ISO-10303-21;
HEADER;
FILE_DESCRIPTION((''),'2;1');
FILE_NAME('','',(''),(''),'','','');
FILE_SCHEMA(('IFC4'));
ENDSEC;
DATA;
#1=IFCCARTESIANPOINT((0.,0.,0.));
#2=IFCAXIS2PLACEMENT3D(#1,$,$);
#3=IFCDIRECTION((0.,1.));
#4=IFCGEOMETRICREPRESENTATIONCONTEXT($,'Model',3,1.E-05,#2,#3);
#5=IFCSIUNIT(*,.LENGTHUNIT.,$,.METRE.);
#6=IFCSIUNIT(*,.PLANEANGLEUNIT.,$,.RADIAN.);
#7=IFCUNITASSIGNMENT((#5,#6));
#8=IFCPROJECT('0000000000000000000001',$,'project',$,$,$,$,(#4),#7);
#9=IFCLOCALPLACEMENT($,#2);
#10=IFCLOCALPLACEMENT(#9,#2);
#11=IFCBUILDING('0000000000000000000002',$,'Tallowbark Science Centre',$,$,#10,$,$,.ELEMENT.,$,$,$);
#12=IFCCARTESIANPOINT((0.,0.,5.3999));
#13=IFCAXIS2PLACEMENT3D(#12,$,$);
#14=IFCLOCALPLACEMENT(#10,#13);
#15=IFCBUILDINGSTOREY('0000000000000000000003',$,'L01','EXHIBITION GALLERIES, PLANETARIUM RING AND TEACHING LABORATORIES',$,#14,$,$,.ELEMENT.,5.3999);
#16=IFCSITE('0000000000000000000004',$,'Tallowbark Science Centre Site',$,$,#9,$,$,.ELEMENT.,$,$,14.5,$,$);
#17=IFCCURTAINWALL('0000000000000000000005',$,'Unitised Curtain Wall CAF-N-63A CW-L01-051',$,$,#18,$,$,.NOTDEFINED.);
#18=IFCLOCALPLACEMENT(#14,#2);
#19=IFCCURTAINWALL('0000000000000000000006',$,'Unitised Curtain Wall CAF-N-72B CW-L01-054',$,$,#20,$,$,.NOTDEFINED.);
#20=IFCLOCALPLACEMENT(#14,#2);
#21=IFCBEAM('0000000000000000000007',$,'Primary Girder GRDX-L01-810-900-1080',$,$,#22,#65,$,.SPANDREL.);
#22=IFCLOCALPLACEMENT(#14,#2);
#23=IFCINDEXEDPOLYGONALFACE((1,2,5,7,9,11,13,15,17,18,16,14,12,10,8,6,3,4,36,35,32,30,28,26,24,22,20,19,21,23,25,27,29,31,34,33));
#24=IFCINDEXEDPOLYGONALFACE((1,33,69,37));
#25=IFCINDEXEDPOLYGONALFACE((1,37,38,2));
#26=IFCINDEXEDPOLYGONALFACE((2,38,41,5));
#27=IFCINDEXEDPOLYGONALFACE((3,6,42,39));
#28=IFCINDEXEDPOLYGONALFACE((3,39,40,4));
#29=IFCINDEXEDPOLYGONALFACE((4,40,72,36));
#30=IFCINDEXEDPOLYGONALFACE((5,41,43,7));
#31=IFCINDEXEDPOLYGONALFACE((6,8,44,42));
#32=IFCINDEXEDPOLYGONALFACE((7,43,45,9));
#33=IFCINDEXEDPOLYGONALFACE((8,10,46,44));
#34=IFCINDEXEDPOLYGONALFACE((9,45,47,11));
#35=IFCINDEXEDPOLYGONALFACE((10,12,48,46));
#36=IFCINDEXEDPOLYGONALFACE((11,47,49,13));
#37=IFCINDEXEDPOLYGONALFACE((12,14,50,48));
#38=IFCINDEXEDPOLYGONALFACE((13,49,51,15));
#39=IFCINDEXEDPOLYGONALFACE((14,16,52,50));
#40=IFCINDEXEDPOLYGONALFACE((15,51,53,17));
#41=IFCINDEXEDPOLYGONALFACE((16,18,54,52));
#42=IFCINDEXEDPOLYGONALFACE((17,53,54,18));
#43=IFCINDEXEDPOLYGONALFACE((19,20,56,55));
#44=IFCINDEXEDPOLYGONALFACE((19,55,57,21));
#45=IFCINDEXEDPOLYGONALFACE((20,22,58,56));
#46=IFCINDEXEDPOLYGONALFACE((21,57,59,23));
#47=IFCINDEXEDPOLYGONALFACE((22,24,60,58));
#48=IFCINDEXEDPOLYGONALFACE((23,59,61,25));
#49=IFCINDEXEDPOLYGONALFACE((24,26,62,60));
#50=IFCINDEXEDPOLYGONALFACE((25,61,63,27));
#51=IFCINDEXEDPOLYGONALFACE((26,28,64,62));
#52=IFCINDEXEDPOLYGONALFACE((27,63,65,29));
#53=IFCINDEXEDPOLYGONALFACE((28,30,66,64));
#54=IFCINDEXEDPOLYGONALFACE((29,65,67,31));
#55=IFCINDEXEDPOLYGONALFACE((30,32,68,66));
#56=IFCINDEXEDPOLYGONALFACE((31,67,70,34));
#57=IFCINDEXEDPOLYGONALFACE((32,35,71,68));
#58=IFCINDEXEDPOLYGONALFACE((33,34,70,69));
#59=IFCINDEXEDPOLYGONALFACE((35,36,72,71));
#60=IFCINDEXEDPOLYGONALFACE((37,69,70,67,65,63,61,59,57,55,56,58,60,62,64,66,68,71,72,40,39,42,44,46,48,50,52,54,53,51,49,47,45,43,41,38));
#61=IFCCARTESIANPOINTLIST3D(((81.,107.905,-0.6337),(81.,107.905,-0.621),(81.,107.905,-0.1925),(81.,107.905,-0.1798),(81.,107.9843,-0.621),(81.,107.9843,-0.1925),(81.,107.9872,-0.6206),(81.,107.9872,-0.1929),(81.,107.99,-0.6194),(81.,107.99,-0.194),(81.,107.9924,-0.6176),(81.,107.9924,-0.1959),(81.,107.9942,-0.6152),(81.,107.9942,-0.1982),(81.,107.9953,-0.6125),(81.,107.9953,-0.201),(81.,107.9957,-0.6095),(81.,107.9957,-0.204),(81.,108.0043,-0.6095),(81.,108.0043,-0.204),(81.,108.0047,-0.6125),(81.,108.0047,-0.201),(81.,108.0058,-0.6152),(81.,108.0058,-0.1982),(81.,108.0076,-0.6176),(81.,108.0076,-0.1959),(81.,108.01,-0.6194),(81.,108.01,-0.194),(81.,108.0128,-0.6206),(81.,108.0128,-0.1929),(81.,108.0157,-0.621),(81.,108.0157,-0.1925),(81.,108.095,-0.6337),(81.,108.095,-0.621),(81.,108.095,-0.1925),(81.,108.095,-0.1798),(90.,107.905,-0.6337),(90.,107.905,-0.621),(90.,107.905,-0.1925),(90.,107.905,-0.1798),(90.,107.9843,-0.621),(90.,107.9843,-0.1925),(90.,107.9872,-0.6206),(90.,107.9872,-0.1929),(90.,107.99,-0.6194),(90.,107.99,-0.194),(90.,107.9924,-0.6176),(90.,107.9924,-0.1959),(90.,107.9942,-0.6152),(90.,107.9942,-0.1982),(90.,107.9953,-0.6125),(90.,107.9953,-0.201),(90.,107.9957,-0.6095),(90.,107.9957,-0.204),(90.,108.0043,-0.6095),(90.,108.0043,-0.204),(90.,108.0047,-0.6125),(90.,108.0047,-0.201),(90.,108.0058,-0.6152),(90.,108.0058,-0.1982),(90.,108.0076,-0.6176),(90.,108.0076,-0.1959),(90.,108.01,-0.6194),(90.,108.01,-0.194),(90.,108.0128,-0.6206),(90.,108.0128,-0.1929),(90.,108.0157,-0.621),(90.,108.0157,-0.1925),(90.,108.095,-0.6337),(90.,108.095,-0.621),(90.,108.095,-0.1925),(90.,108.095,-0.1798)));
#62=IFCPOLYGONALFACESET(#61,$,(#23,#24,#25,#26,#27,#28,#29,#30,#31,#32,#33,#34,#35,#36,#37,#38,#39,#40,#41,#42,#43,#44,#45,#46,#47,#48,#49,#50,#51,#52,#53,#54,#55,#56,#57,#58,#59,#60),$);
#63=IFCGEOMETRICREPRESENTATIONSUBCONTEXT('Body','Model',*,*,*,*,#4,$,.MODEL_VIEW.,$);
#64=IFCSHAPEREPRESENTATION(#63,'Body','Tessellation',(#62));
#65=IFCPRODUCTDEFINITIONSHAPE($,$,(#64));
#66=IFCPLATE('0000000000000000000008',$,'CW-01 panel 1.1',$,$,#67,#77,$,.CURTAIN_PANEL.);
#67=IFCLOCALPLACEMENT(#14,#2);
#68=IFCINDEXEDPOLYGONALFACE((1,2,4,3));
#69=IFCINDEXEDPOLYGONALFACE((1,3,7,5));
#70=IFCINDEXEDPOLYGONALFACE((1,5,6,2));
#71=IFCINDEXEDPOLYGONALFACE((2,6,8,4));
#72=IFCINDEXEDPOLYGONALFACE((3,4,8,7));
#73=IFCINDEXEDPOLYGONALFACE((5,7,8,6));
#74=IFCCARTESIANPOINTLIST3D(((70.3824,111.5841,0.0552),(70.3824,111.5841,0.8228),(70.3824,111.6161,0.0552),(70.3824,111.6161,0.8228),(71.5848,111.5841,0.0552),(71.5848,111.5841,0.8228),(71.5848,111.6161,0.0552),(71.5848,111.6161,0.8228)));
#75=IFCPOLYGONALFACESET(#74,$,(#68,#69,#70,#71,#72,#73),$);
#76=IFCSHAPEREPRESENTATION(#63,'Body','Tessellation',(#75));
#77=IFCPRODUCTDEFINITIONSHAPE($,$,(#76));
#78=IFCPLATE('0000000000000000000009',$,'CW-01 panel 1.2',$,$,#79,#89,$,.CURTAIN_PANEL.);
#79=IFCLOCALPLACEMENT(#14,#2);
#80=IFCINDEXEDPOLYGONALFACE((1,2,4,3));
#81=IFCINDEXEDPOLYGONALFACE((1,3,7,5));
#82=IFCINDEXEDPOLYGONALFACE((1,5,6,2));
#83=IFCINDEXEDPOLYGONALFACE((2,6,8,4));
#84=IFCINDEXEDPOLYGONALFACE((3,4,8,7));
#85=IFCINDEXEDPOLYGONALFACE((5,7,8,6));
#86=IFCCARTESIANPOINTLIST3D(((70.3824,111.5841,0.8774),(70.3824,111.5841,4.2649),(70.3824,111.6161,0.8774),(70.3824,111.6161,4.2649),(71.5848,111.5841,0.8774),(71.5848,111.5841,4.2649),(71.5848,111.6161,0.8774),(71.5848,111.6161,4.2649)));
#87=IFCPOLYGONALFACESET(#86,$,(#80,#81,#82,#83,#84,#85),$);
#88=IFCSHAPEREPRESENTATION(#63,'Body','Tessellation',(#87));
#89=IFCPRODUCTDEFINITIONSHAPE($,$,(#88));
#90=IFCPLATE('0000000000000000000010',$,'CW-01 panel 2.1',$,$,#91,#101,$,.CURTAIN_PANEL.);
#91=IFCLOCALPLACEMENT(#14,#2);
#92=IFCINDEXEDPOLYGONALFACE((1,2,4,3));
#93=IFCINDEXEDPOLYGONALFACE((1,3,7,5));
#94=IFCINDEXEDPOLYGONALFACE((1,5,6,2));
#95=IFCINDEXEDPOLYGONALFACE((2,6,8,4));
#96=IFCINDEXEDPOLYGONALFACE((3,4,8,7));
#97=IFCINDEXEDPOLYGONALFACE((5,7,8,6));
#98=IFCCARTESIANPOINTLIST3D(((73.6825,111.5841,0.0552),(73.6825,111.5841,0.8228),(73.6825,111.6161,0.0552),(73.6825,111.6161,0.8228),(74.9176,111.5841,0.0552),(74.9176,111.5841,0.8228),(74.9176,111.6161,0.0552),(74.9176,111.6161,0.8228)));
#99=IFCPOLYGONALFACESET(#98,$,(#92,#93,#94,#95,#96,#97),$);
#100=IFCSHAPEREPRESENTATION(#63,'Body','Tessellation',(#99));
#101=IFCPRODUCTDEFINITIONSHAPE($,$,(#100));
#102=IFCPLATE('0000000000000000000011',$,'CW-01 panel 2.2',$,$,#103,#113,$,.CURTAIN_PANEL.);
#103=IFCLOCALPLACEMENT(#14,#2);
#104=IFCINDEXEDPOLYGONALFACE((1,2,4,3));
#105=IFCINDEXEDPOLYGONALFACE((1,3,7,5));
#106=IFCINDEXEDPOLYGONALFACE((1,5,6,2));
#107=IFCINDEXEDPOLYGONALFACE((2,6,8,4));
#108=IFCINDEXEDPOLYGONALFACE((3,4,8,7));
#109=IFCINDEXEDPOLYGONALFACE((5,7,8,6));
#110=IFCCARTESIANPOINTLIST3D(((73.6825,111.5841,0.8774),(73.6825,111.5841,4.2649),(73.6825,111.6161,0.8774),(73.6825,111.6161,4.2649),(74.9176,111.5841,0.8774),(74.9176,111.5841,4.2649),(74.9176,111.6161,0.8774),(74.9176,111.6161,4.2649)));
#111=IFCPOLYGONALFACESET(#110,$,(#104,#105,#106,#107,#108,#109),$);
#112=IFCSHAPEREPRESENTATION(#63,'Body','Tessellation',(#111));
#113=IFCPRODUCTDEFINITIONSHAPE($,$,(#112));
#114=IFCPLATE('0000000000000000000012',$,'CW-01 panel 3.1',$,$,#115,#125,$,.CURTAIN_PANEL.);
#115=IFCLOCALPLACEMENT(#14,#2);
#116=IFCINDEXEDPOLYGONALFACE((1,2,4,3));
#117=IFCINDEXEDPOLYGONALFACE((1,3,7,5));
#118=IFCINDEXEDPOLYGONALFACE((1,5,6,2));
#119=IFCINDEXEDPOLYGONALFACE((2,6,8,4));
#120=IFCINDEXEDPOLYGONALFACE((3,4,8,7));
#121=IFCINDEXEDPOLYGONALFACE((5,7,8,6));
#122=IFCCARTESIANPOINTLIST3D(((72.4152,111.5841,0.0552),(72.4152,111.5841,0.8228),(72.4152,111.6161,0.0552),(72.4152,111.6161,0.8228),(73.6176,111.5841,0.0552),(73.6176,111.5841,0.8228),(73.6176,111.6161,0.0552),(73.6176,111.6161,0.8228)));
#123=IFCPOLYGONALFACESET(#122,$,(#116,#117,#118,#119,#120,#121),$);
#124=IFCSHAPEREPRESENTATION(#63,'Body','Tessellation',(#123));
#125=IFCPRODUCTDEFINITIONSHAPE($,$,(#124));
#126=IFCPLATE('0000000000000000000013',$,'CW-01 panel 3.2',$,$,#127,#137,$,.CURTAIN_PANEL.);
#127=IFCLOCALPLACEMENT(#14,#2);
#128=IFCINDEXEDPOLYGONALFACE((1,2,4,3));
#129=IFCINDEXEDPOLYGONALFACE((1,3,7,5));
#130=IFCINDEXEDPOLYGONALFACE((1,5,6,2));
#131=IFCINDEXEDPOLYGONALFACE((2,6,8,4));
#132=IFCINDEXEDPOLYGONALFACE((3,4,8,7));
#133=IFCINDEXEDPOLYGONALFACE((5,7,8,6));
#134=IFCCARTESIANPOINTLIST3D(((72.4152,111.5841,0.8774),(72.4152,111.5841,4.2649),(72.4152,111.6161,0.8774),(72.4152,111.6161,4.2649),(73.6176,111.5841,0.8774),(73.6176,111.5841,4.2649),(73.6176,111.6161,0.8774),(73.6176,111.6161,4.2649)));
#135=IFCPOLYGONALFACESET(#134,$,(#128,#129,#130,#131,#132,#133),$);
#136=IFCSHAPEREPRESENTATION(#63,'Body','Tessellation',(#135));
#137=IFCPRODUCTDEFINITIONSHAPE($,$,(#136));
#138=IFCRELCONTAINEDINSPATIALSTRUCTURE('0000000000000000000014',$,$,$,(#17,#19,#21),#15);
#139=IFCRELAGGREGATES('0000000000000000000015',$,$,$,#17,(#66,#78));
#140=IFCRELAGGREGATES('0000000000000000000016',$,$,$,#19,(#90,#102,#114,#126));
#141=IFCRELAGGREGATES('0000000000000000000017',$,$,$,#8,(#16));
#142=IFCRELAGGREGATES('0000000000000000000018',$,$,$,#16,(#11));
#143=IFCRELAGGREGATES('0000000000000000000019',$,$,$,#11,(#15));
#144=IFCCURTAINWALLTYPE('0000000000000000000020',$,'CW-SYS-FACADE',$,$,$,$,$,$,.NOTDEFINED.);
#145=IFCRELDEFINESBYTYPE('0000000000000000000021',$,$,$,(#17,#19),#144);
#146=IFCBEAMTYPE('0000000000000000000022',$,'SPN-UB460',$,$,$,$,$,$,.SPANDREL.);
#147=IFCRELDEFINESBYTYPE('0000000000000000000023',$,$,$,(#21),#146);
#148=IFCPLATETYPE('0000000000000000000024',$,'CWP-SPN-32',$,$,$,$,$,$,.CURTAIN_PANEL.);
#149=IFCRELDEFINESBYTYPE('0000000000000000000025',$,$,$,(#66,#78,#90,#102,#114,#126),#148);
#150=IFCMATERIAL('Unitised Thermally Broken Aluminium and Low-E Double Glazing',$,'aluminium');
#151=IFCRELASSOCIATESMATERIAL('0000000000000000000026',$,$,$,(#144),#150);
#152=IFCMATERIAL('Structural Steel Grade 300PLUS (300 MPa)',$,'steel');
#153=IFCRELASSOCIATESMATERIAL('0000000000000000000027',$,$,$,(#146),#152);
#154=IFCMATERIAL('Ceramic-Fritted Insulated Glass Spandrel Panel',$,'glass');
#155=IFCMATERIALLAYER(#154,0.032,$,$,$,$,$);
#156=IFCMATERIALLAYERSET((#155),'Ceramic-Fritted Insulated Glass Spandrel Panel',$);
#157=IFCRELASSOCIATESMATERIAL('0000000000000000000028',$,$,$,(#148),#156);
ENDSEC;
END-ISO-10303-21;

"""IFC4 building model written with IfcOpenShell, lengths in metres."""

from ifc_helpers import new_model, si_unit, direction, frame, origin, origin_2d, place, context, subcontext, project, spatial, rectangle, i_section, extrude, material, layer, layer_set, material_profile, profile_set, type_object, element, aggregate, save


model = new_model("IFC4")

# Units and contexts
model_context = context("Model", 3, precision=1e-05, world=origin(), true_north=direction((0.0, 1.0)))
body_context = subcontext(model_context, "Body", "Model", "MODEL_VIEW")
ifc_project = project(units=[si_unit("LENGTHUNIT", "METRE"), si_unit("PLANEANGLEUNIT", "RADIAN")], contexts=[model_context])

# Site, building, storey
site_placement = place(None, origin())
site = spatial("IfcSite", under=ifc_project, at=site_placement, Name="Tallowbark Science Centre Site", CompositionType="ELEMENT", RefElevation=14.5)
building_placement = place(site_placement, origin())
building = spatial("IfcBuilding", under=site, at=building_placement, Name="Tallowbark Science Centre", CompositionType="ELEMENT")
storey_placement = place(building_placement, frame((0.0, 0.0, 5.3999)))
storey = spatial("IfcBuildingStorey", under=building, at=storey_placement, Name="L01", Description="EXHIBITION GALLERIES, PLANETARIUM RING AND TEACHING LABORATORIES", CompositionType="ELEMENT", Elevation=5.3999)

# Shared definitions
ifc_material_1 = material(Name="Structural Steel Grade 300PLUS (300 MPa)", Category="steel")

# Curtain walls
ifc_material_2 = material(Name="Unitised Thermally Broken Aluminium and Low-E Double Glazing", Category="aluminium")
curtain_wall_type = type_object("IfcCurtainWallType", Name="CW-SYS-FACADE", PredefinedType="NOTDEFINED", material=ifc_material_2)
curtain_wall_1_placement = place(storey_placement, origin())
curtain_wall_1 = element("IfcCurtainWall", 1, at=curtain_wall_1_placement, inside=storey, type_object=curtain_wall_type, Name="Unitised Curtain Wall CAF-N-63A CW-L01-051", PredefinedType="NOTDEFINED")
curtain_wall_2_placement = place(storey_placement, origin())
curtain_wall_2 = element("IfcCurtainWall", 2, at=curtain_wall_2_placement, inside=storey, type_object=curtain_wall_type, Name="Unitised Curtain Wall CAF-N-72B CW-L01-054", PredefinedType="NOTDEFINED")

# Beam
ifc_material_profile_1 = material_profile(ifc_material_1, i_section(OverallWidth=0.1899, OverallDepth=0.4539, WebThickness=0.0085, FlangeThickness=0.0127, FilletRadius=0.0115, at=origin_2d()), Name="460UB67.1")
ifc_profile_set_1 = profile_set([ifc_material_profile_1], Name="Structural Steel Grade 300PLUS (300 MPa)")
beam_type_1 = type_object("IfcBeamType", Name="SPN-UB460", PredefinedType="SPANDREL", material=ifc_profile_set_1)
beam_1_placement = place(storey_placement, frame((81.0, 108.0, -0.4067), z_axis=(1.0, 0.0, 0.0), x_axis=(0.0, 1.0, 0.0)))
element("IfcBeam", 3, at=beam_1_placement, inside=storey, type_object=beam_type_1, Name="Primary Girder GRDX-L01-810-900-1080", PredefinedType="SPANDREL", context=body_context, shape_type="SweptSolid", body=[
    extrude(i_section(OverallWidth=0.1899, OverallDepth=0.4539, WebThickness=0.0085, FlangeThickness=0.0127, FilletRadius=0.0115, at=origin_2d()), origin(), (0.0, 0.0, 1.0), 9.0),
])

# Plates
ifc_material_3 = material(Name="Ceramic-Fritted Insulated Glass Spandrel Panel", Category="glass")
ifc_layer = layer(ifc_material_3, 0.032)
ifc_layer_set = layer_set([ifc_layer], Name="Ceramic-Fritted Insulated Glass Spandrel Panel")
plate_type = type_object("IfcPlateType", Name="CWP-SPN-32", PredefinedType="CURTAIN_PANEL", material=ifc_layer_set)
plate_1_placement = place(storey_placement, frame((70.9836, 111.6001, 0.0552), z_axis=(0.0, 0.0, 1.0), x_axis=(-1.0, 0.0, 0.0)))
plate_1 = element("IfcPlate", 4, at=plate_1_placement, type_object=plate_type, Name="CW-01 panel 1.1", PredefinedType="CURTAIN_PANEL", context=body_context, shape_type="SweptSolid", body=[
    extrude(rectangle(XDim=1.2024, YDim=0.032, at=origin_2d()), origin(), (0.0, 0.0, 1.0), 0.7676),
])
plate_2_placement = place(storey_placement, frame((70.9836, 111.6001, 0.8774), z_axis=(0.0, 0.0, 1.0), x_axis=(-1.0, 0.0, 0.0)))
plate_2 = element("IfcPlate", 5, at=plate_2_placement, type_object=plate_type, Name="CW-01 panel 1.2", PredefinedType="CURTAIN_PANEL", context=body_context, shape_type="SweptSolid", body=[
    extrude(rectangle(XDim=1.2024, YDim=0.032, at=origin_2d()), origin(), (0.0, 0.0, 1.0), 3.3875),
])
aggregate(curtain_wall_1, [plate_1, plate_2])
plate_3_placement = place(storey_placement, frame((74.3, 111.6001, 0.0552), z_axis=(0.0, 0.0, 1.0), x_axis=(-1.0, 0.0, 0.0)))
plate_3 = element("IfcPlate", 6, at=plate_3_placement, type_object=plate_type, Name="CW-01 panel 2.1", PredefinedType="CURTAIN_PANEL", context=body_context, shape_type="SweptSolid", body=[
    extrude(rectangle(XDim=1.2351, YDim=0.032, at=origin_2d()), origin(), (0.0, 0.0, 1.0), 0.7676),
])
plate_4_placement = place(storey_placement, frame((74.3, 111.6001, 0.8774), z_axis=(0.0, 0.0, 1.0), x_axis=(-1.0, 0.0, 0.0)))
plate_4 = element("IfcPlate", 7, at=plate_4_placement, type_object=plate_type, Name="CW-01 panel 2.2", PredefinedType="CURTAIN_PANEL", context=body_context, shape_type="SweptSolid", body=[
    extrude(rectangle(XDim=1.2351, YDim=0.032, at=origin_2d()), origin(), (0.0, 0.0, 1.0), 3.3875),
])
plate_5_placement = place(storey_placement, frame((73.0164, 111.6001, 0.0552), z_axis=(0.0, 0.0, 1.0), x_axis=(-1.0, 0.0, 0.0)))
plate_5 = element("IfcPlate", 8, at=plate_5_placement, type_object=plate_type, Name="CW-01 panel 3.1", PredefinedType="CURTAIN_PANEL", context=body_context, shape_type="SweptSolid", body=[
    extrude(rectangle(XDim=1.2024, YDim=0.032, at=origin_2d()), origin(), (0.0, 0.0, 1.0), 0.7676),
])
plate_6_placement = place(storey_placement, frame((73.0164, 111.6001, 0.8774), z_axis=(0.0, 0.0, 1.0), x_axis=(-1.0, 0.0, 0.0)))
plate_6 = element("IfcPlate", 9, at=plate_6_placement, type_object=plate_type, Name="CW-01 panel 3.2", PredefinedType="CURTAIN_PANEL", context=body_context, shape_type="SweptSolid", body=[
    extrude(rectangle(XDim=1.2024, YDim=0.032, at=origin_2d()), origin(), (0.0, 0.0, 1.0), 3.3875),
])
aggregate(curtain_wall_2, [plate_3, plate_4, plate_5, plate_6])

save(model, "model.ifc")
